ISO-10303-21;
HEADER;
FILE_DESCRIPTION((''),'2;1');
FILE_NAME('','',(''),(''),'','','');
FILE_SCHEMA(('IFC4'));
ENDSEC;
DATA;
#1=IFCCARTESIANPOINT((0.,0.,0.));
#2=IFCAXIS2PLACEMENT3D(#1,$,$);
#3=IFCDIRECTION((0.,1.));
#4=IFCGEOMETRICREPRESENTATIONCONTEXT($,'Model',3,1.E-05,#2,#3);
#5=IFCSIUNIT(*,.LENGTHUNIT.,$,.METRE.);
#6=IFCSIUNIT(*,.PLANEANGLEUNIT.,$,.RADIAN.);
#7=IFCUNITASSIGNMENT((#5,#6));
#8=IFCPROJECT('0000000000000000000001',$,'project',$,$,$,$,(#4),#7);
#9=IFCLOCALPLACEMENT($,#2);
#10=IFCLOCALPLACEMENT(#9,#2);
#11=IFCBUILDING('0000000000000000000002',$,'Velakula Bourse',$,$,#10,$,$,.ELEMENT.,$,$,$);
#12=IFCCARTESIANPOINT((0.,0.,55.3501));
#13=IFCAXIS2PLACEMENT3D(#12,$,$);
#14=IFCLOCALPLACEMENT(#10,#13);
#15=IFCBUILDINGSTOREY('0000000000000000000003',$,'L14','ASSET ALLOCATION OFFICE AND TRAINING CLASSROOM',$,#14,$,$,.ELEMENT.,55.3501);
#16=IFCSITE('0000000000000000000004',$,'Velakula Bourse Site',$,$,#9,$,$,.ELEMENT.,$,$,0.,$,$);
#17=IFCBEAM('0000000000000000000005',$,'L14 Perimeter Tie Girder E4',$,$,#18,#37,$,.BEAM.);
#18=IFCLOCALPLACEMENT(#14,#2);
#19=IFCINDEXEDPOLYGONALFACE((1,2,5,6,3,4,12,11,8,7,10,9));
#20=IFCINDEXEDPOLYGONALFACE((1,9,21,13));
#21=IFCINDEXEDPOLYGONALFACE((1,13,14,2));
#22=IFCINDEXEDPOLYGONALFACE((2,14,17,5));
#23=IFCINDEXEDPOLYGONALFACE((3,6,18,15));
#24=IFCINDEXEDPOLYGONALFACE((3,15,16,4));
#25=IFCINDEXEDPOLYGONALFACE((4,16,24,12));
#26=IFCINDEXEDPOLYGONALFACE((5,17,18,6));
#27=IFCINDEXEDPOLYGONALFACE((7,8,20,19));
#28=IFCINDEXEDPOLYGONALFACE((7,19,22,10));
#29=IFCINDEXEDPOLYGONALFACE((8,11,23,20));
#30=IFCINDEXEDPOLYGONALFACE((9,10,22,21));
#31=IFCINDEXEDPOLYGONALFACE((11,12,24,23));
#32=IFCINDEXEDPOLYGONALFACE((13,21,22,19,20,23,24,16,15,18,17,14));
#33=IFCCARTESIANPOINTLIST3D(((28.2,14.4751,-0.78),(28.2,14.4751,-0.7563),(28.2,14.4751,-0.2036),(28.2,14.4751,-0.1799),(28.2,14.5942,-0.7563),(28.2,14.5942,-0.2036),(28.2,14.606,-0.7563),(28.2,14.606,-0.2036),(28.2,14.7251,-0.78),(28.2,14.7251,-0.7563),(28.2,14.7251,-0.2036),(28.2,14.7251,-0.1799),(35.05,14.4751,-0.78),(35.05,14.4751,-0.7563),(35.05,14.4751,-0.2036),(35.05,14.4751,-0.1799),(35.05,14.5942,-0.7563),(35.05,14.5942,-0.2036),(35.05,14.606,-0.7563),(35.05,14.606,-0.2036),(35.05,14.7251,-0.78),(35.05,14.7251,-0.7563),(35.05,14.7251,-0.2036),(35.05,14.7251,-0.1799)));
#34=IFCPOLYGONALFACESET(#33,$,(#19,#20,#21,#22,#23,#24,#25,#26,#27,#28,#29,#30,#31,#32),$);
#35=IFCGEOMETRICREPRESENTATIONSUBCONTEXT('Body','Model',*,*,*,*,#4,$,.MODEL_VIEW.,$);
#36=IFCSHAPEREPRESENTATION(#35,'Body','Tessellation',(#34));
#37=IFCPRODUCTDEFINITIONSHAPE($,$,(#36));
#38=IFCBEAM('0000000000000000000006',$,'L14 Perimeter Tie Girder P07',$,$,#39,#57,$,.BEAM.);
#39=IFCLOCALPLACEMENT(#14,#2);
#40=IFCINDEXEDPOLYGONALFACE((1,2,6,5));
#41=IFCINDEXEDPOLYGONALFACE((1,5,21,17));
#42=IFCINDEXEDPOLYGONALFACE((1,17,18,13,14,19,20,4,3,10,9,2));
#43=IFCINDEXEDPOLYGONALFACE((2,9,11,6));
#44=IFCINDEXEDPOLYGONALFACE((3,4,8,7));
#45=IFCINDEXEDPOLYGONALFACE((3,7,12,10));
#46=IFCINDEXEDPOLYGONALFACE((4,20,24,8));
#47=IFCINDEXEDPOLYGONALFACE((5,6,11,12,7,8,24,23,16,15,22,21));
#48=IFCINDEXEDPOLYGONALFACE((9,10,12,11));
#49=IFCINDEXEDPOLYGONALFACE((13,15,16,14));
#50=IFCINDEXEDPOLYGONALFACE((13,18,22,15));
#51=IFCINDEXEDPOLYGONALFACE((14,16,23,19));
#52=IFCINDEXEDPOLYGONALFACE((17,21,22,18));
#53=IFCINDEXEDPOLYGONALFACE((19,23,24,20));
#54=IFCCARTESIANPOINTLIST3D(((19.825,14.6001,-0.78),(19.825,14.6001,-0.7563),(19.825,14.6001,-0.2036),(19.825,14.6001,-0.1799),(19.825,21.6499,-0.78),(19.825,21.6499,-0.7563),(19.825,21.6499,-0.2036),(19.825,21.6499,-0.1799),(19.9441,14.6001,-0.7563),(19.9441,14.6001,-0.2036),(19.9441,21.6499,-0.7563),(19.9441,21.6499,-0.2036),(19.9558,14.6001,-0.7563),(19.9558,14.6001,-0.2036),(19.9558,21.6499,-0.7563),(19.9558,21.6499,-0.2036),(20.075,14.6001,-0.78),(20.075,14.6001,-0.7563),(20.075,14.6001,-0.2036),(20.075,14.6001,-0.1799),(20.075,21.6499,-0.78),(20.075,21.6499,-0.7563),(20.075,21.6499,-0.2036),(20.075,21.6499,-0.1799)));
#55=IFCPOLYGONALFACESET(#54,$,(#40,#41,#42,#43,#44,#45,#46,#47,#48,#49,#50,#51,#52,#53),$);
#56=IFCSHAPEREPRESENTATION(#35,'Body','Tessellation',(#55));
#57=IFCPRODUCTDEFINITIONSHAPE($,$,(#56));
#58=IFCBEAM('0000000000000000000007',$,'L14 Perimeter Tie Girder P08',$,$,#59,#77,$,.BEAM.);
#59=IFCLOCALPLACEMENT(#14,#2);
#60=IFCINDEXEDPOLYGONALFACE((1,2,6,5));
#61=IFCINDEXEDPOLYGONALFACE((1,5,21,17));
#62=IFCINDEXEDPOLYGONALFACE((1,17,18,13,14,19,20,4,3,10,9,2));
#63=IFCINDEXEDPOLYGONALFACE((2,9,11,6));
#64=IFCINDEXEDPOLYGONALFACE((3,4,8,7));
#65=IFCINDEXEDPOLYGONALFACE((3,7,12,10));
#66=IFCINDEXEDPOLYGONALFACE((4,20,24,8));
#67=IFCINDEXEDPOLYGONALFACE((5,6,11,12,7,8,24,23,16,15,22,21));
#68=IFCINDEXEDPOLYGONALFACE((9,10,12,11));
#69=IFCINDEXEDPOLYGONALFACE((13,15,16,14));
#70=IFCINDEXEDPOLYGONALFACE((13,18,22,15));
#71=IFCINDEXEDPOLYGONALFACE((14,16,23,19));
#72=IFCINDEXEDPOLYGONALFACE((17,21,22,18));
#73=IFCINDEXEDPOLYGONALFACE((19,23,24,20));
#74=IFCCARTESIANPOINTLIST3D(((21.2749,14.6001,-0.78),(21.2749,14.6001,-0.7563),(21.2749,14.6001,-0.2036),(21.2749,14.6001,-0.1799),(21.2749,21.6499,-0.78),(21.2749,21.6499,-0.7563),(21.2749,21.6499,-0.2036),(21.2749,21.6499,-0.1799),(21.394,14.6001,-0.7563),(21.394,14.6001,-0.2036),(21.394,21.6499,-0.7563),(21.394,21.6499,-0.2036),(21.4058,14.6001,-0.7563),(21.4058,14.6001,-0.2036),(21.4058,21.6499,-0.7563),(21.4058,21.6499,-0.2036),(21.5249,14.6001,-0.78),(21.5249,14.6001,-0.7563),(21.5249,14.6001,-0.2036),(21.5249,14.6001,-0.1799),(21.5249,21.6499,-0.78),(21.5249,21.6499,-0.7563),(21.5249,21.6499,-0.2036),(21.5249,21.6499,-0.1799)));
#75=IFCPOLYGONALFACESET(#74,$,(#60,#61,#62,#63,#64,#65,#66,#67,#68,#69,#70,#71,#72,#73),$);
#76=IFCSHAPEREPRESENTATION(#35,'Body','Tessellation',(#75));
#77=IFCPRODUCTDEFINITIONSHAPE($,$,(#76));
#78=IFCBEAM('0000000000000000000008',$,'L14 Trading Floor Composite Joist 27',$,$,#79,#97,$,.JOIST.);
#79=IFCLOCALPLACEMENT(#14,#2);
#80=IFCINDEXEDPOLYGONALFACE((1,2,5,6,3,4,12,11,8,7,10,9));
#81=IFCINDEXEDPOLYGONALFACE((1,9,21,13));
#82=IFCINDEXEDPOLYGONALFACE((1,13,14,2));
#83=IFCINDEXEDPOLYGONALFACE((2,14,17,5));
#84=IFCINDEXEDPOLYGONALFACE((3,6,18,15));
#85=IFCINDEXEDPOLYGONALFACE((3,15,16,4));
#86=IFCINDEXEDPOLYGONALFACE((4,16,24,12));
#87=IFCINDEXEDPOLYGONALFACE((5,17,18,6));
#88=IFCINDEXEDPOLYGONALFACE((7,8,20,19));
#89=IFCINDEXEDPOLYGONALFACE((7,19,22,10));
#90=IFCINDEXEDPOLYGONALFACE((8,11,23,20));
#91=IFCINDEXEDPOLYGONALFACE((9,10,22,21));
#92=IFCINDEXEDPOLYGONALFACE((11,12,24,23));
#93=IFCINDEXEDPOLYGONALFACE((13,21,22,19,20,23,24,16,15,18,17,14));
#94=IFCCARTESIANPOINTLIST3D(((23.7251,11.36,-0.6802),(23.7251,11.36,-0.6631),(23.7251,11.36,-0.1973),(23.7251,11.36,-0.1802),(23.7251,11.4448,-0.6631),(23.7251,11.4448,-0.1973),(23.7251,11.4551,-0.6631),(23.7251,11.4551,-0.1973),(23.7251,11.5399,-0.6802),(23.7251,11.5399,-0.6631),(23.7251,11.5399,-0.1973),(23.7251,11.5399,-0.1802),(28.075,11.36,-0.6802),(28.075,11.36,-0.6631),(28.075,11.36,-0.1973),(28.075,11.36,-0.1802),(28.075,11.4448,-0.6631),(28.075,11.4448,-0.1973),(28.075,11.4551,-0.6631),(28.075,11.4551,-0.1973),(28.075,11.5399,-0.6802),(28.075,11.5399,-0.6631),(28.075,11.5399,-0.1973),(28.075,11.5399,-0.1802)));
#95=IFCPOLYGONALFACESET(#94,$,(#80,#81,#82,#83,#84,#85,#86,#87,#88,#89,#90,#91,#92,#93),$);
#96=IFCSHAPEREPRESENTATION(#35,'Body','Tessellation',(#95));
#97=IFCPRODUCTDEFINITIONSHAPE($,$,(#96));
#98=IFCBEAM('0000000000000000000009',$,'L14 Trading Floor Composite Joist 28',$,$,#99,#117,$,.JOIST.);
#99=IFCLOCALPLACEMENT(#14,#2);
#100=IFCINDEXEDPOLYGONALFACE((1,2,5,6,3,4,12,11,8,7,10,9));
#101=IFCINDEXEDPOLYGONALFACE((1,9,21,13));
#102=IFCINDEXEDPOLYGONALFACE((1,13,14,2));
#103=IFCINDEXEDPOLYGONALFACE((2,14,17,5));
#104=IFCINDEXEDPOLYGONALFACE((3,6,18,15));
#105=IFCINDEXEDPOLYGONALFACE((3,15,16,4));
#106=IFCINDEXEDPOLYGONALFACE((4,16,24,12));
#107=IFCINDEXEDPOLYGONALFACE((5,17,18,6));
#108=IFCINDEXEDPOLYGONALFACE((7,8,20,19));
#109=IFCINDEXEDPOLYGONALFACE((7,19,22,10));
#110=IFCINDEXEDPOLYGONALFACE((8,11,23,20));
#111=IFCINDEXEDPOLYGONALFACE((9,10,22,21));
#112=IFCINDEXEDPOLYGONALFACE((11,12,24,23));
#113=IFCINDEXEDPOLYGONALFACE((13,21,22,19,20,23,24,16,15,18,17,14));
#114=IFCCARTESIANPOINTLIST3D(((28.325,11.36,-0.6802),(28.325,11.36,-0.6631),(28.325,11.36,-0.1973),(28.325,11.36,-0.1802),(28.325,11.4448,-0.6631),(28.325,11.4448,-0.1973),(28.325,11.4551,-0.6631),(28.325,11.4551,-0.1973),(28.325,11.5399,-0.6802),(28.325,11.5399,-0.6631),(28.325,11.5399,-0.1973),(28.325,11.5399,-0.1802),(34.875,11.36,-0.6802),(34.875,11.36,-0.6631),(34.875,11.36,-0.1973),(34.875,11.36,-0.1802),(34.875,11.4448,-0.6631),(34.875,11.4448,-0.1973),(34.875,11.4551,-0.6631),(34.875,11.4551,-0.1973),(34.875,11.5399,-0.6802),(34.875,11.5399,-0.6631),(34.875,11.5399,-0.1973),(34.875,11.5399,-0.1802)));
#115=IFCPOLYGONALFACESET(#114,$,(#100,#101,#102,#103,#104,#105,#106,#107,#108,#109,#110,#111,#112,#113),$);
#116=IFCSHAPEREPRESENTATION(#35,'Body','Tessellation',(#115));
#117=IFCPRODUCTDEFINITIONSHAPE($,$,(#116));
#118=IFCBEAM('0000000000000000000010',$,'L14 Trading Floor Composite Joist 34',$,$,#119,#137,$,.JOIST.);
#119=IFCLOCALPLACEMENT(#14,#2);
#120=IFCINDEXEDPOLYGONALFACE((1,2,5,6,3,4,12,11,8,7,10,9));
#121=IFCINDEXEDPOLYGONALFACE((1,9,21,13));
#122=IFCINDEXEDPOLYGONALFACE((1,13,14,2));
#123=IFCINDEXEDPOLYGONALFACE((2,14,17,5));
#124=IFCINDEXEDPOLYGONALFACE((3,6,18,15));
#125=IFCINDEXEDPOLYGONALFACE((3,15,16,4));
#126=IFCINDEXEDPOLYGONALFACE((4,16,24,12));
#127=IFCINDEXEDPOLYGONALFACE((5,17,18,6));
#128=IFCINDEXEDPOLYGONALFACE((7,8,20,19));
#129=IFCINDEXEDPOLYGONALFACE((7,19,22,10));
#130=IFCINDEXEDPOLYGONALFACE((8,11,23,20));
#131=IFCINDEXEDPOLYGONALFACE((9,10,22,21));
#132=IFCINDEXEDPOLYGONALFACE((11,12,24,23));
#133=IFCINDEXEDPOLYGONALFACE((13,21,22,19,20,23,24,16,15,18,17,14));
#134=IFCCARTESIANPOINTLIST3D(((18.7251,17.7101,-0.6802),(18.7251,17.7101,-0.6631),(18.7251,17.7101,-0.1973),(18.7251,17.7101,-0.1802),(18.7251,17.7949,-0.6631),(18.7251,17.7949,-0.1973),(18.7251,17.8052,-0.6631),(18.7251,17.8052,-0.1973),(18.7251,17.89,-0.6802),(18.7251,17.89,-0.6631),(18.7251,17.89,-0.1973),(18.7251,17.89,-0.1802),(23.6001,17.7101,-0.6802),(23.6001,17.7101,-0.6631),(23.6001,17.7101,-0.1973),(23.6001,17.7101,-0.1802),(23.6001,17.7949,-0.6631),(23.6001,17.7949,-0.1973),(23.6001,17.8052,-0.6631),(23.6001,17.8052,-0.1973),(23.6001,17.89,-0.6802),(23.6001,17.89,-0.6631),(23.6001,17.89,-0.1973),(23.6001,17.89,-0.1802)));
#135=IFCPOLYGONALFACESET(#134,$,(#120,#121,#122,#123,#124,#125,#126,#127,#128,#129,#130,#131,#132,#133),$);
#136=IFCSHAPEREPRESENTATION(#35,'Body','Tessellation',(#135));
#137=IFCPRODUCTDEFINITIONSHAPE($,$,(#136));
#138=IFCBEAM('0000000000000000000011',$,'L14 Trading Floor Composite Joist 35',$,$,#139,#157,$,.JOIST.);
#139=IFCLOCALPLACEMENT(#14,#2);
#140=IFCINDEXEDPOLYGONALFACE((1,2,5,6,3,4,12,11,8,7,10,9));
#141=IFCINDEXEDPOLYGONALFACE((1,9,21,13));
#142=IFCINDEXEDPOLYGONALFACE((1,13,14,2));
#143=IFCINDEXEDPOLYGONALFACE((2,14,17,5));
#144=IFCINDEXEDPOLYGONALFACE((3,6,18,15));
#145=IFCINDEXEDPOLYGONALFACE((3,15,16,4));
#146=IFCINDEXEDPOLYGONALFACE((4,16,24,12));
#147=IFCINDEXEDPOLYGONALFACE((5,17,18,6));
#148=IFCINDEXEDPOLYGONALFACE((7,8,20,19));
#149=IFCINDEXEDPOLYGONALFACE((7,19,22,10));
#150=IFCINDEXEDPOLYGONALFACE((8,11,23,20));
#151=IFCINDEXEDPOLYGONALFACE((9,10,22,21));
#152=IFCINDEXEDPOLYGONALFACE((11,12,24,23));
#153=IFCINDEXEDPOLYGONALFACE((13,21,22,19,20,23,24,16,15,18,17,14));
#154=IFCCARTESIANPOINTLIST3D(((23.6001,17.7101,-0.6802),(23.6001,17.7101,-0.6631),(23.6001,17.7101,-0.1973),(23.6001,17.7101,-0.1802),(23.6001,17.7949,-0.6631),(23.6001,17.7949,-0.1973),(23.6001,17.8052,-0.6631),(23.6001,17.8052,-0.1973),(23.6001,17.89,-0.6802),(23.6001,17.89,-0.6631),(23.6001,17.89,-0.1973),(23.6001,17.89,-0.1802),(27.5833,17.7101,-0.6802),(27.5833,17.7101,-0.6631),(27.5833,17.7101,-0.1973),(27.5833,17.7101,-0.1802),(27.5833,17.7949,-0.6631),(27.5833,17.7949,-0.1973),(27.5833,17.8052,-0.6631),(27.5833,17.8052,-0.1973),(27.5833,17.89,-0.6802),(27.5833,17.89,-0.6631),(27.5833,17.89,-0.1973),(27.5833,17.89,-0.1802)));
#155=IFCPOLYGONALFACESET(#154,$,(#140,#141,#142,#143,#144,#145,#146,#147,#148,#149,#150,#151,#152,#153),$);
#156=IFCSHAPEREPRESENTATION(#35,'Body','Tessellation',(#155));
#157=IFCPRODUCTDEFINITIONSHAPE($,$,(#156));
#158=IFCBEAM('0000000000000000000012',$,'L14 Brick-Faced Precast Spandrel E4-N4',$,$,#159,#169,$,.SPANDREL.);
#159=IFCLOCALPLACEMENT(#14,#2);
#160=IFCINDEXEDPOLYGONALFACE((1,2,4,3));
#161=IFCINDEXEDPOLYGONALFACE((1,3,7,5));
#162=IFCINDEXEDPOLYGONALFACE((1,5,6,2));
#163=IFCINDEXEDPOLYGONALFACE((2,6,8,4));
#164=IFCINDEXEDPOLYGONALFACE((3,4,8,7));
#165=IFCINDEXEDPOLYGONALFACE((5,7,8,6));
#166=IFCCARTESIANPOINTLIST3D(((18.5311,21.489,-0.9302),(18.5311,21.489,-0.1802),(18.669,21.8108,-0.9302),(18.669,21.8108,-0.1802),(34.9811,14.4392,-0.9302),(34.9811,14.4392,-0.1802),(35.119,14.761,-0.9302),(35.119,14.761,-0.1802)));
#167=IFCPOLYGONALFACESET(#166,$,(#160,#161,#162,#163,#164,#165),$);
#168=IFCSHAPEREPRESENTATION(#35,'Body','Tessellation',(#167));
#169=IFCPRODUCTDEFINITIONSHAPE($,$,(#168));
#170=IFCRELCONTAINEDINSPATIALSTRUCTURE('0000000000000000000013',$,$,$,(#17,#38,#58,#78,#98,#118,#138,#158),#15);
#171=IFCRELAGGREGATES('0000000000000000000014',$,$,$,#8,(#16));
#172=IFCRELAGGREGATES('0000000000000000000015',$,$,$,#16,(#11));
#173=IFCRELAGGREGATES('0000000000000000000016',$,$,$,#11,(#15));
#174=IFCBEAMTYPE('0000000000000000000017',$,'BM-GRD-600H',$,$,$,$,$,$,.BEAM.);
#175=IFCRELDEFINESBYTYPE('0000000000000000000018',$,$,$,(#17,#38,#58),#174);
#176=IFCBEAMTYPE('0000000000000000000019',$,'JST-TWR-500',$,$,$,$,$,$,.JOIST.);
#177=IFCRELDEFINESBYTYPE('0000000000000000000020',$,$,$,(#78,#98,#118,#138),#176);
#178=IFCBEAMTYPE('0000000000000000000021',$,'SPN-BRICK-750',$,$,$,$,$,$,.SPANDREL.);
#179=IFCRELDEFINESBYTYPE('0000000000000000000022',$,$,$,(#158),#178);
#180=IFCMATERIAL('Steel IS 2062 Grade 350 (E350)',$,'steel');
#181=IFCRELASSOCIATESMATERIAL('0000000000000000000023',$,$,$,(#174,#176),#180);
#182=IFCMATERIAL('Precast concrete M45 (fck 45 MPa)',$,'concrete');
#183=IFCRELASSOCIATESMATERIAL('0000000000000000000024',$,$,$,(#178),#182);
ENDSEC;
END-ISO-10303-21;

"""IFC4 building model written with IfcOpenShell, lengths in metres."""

from ifc_helpers import new_model, si_unit, direction, frame, origin, origin_2d, place, context, subcontext, project, spatial, rectangle, i_section, extrude, material, material_profile, profile_set, type_object, element, save


model = new_model("IFC4")

# Units and contexts
model_context = context("Model", 3, precision=1e-05, world=origin(), true_north=direction((0.0, 1.0)))
body_context = subcontext(model_context, "Body", "Model", "MODEL_VIEW")
ifc_project = project(units=[si_unit("LENGTHUNIT", "METRE"), si_unit("PLANEANGLEUNIT", "RADIAN")], contexts=[model_context])

# Site, building, storey
site_placement = place(None, origin())
site = spatial("IfcSite", under=ifc_project, at=site_placement, Name="Velakula Bourse Site", CompositionType="ELEMENT", RefElevation=0.0)
building_placement = place(site_placement, origin())
building = spatial("IfcBuilding", under=site, at=building_placement, Name="Velakula Bourse", CompositionType="ELEMENT")
storey_placement = place(building_placement, frame((0.0, 0.0, 55.3501)))
storey = spatial("IfcBuildingStorey", under=building, at=storey_placement, Name="L14", Description="ASSET ALLOCATION OFFICE AND TRAINING CLASSROOM", CompositionType="ELEMENT", Elevation=55.3501)

# Shared definitions
ifc_material_1 = material(Name="Precast concrete M45 (fck 45 MPa)", Category="concrete")

# Beams
ifc_material_2 = material(Name="Steel IS 2062 Grade 350 (E350)", Category="steel")
ifc_material_profile_1 = material_profile(ifc_material_2, i_section(OverallWidth=0.25, OverallDepth=0.6001, WebThickness=0.0117, FlangeThickness=0.0237, at=origin_2d()), Name="Steel IS 2062 Grade 350 (E350)")
ifc_profile_set_1 = profile_set([ifc_material_profile_1], Name="Steel IS 2062 Grade 350 (E350)")
beam_type_1 = type_object("IfcBeamType", Name="BM-GRD-600H", PredefinedType="BEAM", material=ifc_profile_set_1)
beam_1_placement = place(storey_placement, frame((28.2, 14.6001, -0.48), z_axis=(1.0, 0.0, 0.0), x_axis=(0.0, 1.0, 0.0)))
element("IfcBeam", 1, at=beam_1_placement, inside=storey, type_object=beam_type_1, Name="L14 Perimeter Tie Girder E4", PredefinedType="BEAM", context=body_context, shape_type="SweptSolid", body=[
    extrude(i_section(OverallWidth=0.25, OverallDepth=0.6001, WebThickness=0.0117, FlangeThickness=0.0237, at=origin_2d()), origin(), (0.0, 0.0, 1.0), 6.8501),
])
for number, where, z_axis, x_axis, name in (
    (2, (19.95, 14.6001, -0.48), (0.0, 1.0, 0.0), (-1.0, 0.0, 0.0), "L14 Perimeter Tie Girder P07"),
    (3, (21.3999, 14.6001, -0.48), (0.0, 1.0, 0.0), (-1.0, 0.0, 0.0), "L14 Perimeter Tie Girder P08"),
):
    element("IfcBeam", number, at=place(storey_placement, frame(where, z_axis=z_axis, x_axis=x_axis)), inside=storey, type_object=beam_type_1, Name=name, PredefinedType="BEAM", context=body_context, shape_type="SweptSolid", body=[
        extrude(i_section(OverallWidth=0.25, OverallDepth=0.6001, WebThickness=0.0117, FlangeThickness=0.0237, at=origin_2d()), origin(), (0.0, 0.0, 1.0), 7.0498),
    ])
ifc_material_profile_2 = material_profile(ifc_material_2, i_section(OverallWidth=0.1799, OverallDepth=0.5, WebThickness=0.0103, FlangeThickness=0.0171, at=origin_2d()), Name="Steel IS 2062 Grade 350 (E350)")
ifc_profile_set_2 = profile_set([ifc_material_profile_2], Name="Steel IS 2062 Grade 350 (E350)")
beam_type_2 = type_object("IfcBeamType", Name="JST-TWR-500", PredefinedType="JOIST", material=ifc_profile_set_2)
beam_2_placement = place(storey_placement, frame((23.7251, 11.45, -0.4302), z_axis=(1.0, 0.0, 0.0), x_axis=(0.0, 1.0, 0.0)))
element("IfcBeam", 4, at=beam_2_placement, inside=storey, type_object=beam_type_2, Name="L14 Trading Floor Composite Joist 27", PredefinedType="JOIST", context=body_context, shape_type="SweptSolid", body=[
    extrude(i_section(OverallWidth=0.1799, OverallDepth=0.5, WebThickness=0.0103, FlangeThickness=0.0171, at=origin_2d()), origin(), (0.0, 0.0, 1.0), 4.3499),
])
beam_3_placement = place(storey_placement, frame((28.325, 11.45, -0.4302), z_axis=(1.0, 0.0, 0.0), x_axis=(0.0, 1.0, 0.0)))
element("IfcBeam", 5, at=beam_3_placement, inside=storey, type_object=beam_type_2, Name="L14 Trading Floor Composite Joist 28", PredefinedType="JOIST", context=body_context, shape_type="SweptSolid", body=[
    extrude(i_section(OverallWidth=0.1799, OverallDepth=0.5, WebThickness=0.0103, FlangeThickness=0.0171, at=origin_2d()), origin(), (0.0, 0.0, 1.0), 6.55),
])
beam_4_placement = place(storey_placement, frame((18.7251, 17.8, -0.4302), z_axis=(1.0, 0.0, 0.0), x_axis=(0.0, 1.0, 0.0)))
element("IfcBeam", 6, at=beam_4_placement, inside=storey, type_object=beam_type_2, Name="L14 Trading Floor Composite Joist 34", PredefinedType="JOIST", context=body_context, shape_type="SweptSolid", body=[
    extrude(i_section(OverallWidth=0.1799, OverallDepth=0.5, WebThickness=0.0103, FlangeThickness=0.0171, at=origin_2d()), origin(), (0.0, 0.0, 1.0), 4.875),
])
beam_5_placement = place(storey_placement, frame((23.6001, 17.8, -0.4302), z_axis=(1.0, 0.0, 0.0), x_axis=(0.0, 1.0, 0.0)))
element("IfcBeam", 7, at=beam_5_placement, inside=storey, type_object=beam_type_2, Name="L14 Trading Floor Composite Joist 35", PredefinedType="JOIST", context=body_context, shape_type="SweptSolid", body=[
    extrude(i_section(OverallWidth=0.1799, OverallDepth=0.5, WebThickness=0.0103, FlangeThickness=0.0171, at=origin_2d()), origin(), (0.0, 0.0, 1.0), 3.9832),
])
ifc_material_profile_3 = material_profile(ifc_material_1, rectangle(XDim=0.3501, YDim=0.75, at=origin_2d()), Name="Precast concrete M45 (fck 45 MPa)")
ifc_profile_set_3 = profile_set([ifc_material_profile_3], Name="Precast concrete M45 (fck 45 MPa)")
beam_type_3 = type_object("IfcBeamType", Name="SPN-BRICK-750", PredefinedType="SPANDREL", material=ifc_profile_set_3)
beam_6_placement = place(storey_placement, frame((35.05, 14.6001, -0.5552), z_axis=(-0.919149, 0.393911, 0.0), x_axis=(-0.393911, -0.919149, 0.0)))
element("IfcBeam", 8, at=beam_6_placement, inside=storey, type_object=beam_type_3, Name="L14 Brick-Faced Precast Spandrel E4-N4", PredefinedType="SPANDREL", context=body_context, shape_type="SweptSolid", body=[
    extrude(rectangle(XDim=0.3501, YDim=0.75, at=origin_2d()), origin(), (0.0, 0.0, 1.0), 17.897),
])

save(model, "model.ifc")
